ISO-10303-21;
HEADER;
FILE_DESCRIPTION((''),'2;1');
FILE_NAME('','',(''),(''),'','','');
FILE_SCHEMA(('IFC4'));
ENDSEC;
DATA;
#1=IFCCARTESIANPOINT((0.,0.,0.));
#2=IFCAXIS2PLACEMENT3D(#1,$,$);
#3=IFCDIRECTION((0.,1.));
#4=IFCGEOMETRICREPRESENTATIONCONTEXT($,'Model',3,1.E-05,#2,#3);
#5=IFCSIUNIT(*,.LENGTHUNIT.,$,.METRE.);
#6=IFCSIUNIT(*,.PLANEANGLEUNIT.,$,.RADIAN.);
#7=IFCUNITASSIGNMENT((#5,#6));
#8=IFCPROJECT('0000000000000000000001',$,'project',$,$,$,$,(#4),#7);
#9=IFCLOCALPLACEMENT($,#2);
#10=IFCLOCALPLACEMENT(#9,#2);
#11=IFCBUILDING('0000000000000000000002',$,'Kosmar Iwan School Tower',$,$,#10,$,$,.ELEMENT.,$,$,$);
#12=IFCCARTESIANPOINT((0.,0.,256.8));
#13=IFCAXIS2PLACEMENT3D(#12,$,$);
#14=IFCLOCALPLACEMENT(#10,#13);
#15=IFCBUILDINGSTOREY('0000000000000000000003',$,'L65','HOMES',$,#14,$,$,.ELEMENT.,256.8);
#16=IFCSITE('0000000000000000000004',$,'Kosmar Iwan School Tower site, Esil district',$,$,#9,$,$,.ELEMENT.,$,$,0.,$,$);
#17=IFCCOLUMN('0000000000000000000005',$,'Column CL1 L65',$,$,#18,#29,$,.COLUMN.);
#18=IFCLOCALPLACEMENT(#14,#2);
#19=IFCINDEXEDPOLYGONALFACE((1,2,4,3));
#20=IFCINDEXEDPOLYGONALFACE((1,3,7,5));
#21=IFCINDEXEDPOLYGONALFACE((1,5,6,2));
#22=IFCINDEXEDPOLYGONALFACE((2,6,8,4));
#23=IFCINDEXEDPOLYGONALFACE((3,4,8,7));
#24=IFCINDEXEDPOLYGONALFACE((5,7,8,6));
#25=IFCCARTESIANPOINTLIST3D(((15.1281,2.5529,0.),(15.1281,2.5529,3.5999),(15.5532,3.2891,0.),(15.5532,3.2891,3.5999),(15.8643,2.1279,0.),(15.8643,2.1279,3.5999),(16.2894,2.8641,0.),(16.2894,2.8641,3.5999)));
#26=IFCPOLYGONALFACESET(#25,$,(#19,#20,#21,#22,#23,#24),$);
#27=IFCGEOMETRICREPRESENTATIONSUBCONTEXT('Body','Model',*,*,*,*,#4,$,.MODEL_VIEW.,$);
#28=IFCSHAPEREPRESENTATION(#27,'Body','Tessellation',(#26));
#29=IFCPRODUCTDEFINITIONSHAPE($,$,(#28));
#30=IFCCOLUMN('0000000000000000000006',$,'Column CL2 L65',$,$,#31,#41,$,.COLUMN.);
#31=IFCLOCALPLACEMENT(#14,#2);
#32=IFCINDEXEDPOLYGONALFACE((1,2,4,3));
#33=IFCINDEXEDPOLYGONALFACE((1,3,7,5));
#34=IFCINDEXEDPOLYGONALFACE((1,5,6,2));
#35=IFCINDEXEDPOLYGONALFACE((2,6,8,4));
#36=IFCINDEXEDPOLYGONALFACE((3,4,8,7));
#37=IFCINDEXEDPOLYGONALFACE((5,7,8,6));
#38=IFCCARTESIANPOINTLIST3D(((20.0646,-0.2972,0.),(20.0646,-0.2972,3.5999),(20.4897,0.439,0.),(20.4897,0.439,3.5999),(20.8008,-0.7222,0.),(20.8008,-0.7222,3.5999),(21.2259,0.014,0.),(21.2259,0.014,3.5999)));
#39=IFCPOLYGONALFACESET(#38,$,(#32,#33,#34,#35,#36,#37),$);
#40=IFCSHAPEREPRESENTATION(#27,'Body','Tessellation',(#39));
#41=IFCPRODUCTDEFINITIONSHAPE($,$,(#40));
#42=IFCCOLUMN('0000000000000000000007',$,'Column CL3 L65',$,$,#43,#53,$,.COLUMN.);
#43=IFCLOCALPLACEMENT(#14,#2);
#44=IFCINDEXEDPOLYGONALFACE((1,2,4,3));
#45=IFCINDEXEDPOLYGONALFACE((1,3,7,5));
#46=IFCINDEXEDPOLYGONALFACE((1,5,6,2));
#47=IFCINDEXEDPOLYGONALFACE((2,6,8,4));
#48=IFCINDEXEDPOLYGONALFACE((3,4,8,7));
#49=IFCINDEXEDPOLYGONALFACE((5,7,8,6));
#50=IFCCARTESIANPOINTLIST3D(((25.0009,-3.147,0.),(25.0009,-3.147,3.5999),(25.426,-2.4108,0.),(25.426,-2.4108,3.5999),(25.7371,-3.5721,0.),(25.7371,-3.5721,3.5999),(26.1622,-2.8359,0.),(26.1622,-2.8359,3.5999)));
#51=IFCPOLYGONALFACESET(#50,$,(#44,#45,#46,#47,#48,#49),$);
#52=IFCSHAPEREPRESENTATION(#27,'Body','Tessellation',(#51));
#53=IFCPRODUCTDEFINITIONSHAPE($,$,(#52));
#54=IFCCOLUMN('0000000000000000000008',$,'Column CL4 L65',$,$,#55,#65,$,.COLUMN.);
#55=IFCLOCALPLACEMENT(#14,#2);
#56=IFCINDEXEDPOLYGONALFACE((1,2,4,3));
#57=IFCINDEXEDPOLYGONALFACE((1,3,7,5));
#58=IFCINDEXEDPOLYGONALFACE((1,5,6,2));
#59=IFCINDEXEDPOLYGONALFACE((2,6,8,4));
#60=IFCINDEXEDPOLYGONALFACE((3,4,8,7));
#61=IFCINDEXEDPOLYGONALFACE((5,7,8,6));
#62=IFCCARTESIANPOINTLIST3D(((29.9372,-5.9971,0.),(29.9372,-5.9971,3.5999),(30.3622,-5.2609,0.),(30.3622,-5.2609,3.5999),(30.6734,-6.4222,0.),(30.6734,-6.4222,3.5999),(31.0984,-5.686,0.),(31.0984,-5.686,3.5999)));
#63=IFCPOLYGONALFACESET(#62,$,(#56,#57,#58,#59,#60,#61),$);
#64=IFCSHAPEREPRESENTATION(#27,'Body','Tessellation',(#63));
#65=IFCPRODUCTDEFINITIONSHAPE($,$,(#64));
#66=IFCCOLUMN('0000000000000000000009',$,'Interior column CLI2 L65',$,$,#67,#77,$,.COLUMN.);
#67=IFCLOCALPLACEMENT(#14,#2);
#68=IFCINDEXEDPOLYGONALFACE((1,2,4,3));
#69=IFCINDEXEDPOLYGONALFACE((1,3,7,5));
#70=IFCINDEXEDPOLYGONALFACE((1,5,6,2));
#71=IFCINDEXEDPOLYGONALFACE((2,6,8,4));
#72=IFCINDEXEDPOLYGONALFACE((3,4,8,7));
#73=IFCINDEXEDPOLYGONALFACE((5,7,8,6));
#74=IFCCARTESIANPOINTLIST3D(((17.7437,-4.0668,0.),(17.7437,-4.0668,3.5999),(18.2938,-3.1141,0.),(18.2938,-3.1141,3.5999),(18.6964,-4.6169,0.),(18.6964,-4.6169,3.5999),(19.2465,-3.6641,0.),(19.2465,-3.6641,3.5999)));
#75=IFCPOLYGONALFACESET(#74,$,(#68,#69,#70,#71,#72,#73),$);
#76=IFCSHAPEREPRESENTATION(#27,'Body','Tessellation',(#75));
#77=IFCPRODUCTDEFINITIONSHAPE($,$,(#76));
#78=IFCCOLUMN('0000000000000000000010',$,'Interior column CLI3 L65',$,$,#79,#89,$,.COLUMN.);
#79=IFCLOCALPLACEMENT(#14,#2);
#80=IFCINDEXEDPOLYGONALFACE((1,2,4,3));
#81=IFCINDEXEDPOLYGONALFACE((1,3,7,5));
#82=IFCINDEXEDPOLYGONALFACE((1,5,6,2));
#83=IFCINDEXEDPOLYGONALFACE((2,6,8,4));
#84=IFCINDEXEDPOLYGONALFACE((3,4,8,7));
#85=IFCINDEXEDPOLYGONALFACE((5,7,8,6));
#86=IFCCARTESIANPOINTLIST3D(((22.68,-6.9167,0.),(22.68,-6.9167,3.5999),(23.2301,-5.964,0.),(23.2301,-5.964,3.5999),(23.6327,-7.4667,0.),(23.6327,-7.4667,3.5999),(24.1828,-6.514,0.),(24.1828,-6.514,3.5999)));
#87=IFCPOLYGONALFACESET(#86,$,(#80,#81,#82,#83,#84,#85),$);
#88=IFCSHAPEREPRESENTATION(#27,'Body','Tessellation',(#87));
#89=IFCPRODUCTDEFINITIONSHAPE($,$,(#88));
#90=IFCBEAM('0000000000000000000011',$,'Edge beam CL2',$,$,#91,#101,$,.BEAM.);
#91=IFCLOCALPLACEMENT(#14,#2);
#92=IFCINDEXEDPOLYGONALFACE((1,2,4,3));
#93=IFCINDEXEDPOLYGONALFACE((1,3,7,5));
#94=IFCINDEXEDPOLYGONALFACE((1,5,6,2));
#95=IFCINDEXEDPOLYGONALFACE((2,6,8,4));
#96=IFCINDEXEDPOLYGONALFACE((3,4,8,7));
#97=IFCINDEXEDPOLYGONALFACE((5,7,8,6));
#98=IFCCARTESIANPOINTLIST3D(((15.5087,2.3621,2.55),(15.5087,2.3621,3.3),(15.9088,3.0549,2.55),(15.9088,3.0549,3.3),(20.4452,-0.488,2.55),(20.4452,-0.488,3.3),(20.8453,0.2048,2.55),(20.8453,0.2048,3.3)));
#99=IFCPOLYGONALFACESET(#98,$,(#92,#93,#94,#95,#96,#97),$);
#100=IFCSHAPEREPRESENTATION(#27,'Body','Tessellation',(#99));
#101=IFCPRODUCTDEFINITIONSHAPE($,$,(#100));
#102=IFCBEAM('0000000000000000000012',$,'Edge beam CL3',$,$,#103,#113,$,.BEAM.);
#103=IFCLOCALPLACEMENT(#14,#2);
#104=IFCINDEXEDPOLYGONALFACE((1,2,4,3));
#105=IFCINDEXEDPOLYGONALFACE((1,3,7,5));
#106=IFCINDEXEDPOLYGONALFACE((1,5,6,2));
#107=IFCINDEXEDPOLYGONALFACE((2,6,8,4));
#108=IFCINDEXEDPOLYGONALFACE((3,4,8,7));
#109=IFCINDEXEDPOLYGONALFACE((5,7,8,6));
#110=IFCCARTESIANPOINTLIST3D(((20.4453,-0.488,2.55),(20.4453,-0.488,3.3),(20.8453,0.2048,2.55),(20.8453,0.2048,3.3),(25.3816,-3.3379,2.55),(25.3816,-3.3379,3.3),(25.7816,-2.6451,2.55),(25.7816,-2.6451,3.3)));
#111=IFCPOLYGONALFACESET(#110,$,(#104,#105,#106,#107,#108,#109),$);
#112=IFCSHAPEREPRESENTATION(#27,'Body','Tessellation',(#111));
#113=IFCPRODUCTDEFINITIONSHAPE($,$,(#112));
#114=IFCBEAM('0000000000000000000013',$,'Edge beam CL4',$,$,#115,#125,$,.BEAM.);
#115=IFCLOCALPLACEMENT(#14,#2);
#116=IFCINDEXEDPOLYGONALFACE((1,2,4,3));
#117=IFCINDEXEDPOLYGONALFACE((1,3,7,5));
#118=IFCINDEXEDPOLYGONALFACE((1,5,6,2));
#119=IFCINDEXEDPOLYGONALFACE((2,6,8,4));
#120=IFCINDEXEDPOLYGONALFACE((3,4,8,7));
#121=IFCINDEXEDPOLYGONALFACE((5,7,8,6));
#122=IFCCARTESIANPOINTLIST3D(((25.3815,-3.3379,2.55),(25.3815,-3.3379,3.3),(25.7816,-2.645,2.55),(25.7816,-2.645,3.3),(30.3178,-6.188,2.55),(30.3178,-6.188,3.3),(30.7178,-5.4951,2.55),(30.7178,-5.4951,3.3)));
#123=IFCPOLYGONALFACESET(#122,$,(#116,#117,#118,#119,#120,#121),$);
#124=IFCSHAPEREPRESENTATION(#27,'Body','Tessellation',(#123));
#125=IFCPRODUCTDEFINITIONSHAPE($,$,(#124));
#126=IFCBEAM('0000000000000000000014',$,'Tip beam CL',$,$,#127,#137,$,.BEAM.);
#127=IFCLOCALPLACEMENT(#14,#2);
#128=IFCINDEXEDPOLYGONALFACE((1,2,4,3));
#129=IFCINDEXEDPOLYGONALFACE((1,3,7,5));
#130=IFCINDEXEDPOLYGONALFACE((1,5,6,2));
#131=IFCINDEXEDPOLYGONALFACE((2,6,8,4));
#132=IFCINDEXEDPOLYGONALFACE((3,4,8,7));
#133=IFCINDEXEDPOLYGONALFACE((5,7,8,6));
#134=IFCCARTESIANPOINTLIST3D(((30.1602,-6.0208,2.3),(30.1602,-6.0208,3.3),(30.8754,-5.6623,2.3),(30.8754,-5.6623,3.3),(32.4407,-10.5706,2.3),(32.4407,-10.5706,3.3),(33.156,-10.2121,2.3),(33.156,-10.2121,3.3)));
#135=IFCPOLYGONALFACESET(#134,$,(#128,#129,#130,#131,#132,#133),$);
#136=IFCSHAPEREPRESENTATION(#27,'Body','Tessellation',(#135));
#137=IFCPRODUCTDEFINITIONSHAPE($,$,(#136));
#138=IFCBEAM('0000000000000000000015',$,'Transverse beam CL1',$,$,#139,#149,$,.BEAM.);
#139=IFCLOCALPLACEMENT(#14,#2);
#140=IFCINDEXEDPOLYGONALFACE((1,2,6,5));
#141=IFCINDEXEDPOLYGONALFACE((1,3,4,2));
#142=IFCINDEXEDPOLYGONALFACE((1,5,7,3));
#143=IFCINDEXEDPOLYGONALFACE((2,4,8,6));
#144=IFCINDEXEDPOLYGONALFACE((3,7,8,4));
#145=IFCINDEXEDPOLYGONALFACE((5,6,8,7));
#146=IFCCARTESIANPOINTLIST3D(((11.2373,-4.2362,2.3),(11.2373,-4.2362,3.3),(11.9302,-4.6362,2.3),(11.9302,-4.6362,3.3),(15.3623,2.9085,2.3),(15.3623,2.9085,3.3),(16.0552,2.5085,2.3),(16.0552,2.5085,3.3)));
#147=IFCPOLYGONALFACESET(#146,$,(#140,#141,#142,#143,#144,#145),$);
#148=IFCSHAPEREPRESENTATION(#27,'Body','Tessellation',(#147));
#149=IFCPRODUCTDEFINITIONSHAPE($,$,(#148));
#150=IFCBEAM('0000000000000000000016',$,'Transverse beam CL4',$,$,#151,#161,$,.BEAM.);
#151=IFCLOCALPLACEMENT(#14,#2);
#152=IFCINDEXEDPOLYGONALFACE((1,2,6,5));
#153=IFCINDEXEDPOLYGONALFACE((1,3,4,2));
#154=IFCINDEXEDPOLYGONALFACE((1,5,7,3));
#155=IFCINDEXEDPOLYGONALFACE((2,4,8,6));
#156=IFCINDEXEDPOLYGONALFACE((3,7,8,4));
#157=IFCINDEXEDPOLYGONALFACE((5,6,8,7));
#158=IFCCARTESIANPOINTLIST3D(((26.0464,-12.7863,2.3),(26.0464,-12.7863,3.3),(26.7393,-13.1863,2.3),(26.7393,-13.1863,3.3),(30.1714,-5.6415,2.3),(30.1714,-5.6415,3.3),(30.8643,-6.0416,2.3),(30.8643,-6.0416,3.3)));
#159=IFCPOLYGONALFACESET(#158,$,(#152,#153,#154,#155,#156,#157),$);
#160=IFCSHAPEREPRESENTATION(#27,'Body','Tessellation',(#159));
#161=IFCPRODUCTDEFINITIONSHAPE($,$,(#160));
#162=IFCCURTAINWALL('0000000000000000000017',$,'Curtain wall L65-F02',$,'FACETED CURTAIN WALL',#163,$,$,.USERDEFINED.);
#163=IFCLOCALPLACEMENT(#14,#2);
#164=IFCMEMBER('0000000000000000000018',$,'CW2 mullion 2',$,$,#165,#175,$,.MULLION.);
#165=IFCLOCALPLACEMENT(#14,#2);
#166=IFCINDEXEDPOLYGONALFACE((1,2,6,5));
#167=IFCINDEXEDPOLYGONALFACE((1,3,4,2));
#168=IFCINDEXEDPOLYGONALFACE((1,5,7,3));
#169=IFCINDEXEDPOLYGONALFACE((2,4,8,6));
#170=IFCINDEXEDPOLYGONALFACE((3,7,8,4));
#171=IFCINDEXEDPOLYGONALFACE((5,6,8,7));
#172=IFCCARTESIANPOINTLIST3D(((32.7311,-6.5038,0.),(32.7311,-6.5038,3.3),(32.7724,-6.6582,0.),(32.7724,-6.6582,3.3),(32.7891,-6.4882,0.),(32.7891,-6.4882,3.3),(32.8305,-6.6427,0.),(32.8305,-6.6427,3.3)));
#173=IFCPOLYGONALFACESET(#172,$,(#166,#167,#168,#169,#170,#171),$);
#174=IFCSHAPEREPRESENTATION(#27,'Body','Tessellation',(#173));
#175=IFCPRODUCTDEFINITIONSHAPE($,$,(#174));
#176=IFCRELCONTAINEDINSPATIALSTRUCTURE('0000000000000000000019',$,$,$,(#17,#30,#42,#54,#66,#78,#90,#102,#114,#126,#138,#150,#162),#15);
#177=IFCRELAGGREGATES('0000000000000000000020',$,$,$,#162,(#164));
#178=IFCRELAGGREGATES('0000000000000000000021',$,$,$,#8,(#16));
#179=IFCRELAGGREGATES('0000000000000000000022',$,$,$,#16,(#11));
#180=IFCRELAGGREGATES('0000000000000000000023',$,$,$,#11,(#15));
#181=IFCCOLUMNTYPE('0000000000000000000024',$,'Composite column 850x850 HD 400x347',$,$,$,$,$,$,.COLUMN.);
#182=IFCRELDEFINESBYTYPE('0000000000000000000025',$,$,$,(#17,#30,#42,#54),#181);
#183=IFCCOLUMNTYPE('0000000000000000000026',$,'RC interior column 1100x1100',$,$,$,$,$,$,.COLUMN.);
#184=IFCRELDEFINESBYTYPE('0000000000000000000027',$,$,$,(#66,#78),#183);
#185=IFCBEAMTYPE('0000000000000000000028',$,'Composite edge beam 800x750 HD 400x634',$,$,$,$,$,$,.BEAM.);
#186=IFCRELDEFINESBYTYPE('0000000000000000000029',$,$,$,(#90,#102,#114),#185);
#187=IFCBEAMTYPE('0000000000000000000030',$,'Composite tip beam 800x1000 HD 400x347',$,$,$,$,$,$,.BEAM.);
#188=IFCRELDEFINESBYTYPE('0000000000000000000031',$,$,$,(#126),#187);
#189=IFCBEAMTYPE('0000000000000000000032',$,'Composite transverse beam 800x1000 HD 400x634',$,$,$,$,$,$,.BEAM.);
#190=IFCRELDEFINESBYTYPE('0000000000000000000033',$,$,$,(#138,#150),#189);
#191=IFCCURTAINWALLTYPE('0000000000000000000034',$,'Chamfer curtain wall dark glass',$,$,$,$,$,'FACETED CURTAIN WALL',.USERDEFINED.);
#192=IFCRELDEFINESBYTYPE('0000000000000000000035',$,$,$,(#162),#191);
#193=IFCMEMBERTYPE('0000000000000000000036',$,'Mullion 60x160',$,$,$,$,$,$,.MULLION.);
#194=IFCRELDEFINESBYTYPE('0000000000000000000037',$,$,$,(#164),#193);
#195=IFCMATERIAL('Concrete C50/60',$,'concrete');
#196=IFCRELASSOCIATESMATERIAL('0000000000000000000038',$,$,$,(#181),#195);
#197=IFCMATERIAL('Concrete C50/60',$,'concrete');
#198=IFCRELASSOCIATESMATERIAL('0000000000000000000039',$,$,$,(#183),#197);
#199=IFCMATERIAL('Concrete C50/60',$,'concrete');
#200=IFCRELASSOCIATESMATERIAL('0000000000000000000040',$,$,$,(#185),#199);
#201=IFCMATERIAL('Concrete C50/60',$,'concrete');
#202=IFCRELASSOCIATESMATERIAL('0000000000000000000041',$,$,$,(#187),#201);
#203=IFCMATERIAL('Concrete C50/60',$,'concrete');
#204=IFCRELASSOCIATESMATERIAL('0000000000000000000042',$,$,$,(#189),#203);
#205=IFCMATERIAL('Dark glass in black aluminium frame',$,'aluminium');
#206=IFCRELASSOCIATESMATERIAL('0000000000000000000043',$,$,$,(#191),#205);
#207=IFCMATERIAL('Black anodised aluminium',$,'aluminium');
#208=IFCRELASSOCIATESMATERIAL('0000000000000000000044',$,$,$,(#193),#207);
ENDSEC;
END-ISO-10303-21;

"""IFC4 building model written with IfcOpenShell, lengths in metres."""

from ifc_helpers import new_model, si_unit, direction, frame, origin, origin_2d, place, context, subcontext, project, spatial, rectangle, extrude, material, material_profile, profile_set, type_object, element, aggregate, save


model = new_model("IFC4")

# Units and contexts
model_context = context("Model", 3, precision=1e-05, world=origin(), true_north=direction((0.0, 1.0)))
body_context = subcontext(model_context, "Body", "Model", "MODEL_VIEW")
ifc_project = project(units=[si_unit("LENGTHUNIT", "METRE"), si_unit("PLANEANGLEUNIT", "RADIAN")], contexts=[model_context])

# Site, building, storey
site_placement = place(None, origin())
site = spatial("IfcSite", under=ifc_project, at=site_placement, Name="Kosmar Iwan School Tower site, Esil district", CompositionType="ELEMENT", RefElevation=0.0)
building_placement = place(site_placement, origin())
building = spatial("IfcBuilding", under=site, at=building_placement, Name="Kosmar Iwan School Tower", CompositionType="ELEMENT")
storey_placement = place(building_placement, frame((0.0, 0.0, 256.8)))
storey = spatial("IfcBuildingStorey", under=building, at=storey_placement, Name="L65", Description="HOMES", CompositionType="ELEMENT", Elevation=256.8)

# Columns
ifc_material_1 = material(Name="Concrete C50/60", Category="concrete")
ifc_material_profile_1 = material_profile(ifc_material_1, rectangle(XDim=0.8501, YDim=0.8501, at=origin_2d()), Name="RC 850x850 + HD 400x347")
ifc_profile_set_1 = profile_set([ifc_material_profile_1], Name="Concrete C50/60")
column_type_1 = type_object("IfcColumnType", Name="Composite column 850x850 HD 400x347", PredefinedType="COLUMN", material=ifc_profile_set_1)
for number, where, z_axis, x_axis, name in (
    (1, (15.7087, 2.7085, 0.0), (0.0, 0.0, 1.0), (0.866025, -0.5, 0.0), "Column CL1 L65"),
    (2, (20.6453, -0.1416, 0.0), (0.0, 0.0, 1.0), (0.866025, -0.5, 0.0), "Column CL2 L65"),
    (3, (25.5815, -2.9915, 0.0), (0.0, 0.0, 1.0), (0.866025, -0.5, 0.0), "Column CL3 L65"),
    (4, (30.5178, -5.8416, 0.0), (0.0, 0.0, 1.0), (0.866025, -0.5, 0.0), "Column CL4 L65"),
):
    element("IfcColumn", number, at=place(storey_placement, frame(where, z_axis=z_axis, x_axis=x_axis)), inside=storey, type_object=column_type_1, Name=name, PredefinedType="COLUMN", context=body_context, shape_type="SweptSolid", body=[
        extrude(rectangle(XDim=0.8501, YDim=0.8501, at=origin_2d()), origin(), (0.0, 0.0, 1.0), 3.5999),
    ])
ifc_material_2 = material(Name="Concrete C50/60", Category="concrete")
ifc_material_profile_2 = material_profile(ifc_material_2, rectangle(XDim=1.1001, YDim=1.1001, at=origin_2d()), Name="RC 1100x1100")
ifc_profile_set_2 = profile_set([ifc_material_profile_2], Name="Concrete C50/60")
column_type_2 = type_object("IfcColumnType", Name="RC interior column 1100x1100", PredefinedType="COLUMN", material=ifc_profile_set_2)
for number, where, z_axis, x_axis, name in (
    (5, (18.4951, -3.8655, 0.0), (0.0, 0.0, 1.0), (0.866025, -0.5, 0.0), "Interior column CLI2 L65"),
    (6, (23.4314, -6.7153, 0.0), (0.0, 0.0, 1.0), (0.866025, -0.5, 0.0), "Interior column CLI3 L65"),
):
    element("IfcColumn", number, at=place(storey_placement, frame(where, z_axis=z_axis, x_axis=x_axis)), inside=storey, type_object=column_type_2, Name=name, PredefinedType="COLUMN", context=body_context, shape_type="SweptSolid", body=[
        extrude(rectangle(XDim=1.1001, YDim=1.1001, at=origin_2d()), origin(), (0.0, 0.0, 1.0), 3.5999),
    ])

# Beams
ifc_material_3 = material(Name="Concrete C50/60", Category="concrete")
ifc_material_profile_3 = material_profile(ifc_material_3, rectangle(XDim=0.8, YDim=0.75, at=origin_2d()), Name="RC 800x750 + HD 400x634")
ifc_profile_set_3 = profile_set([ifc_material_profile_3], Name="Concrete C50/60")
beam_type_1 = type_object("IfcBeamType", Name="Composite edge beam 800x750 HD 400x634", PredefinedType="BEAM", material=ifc_profile_set_3)
beam_1_placement = place(storey_placement, frame((15.7087, 2.7085, 2.925), z_axis=(0.866026, -0.499999, 0.0), x_axis=(0.499999, 0.866026, 0.0)))
element("IfcBeam", 7, at=beam_1_placement, inside=storey, type_object=beam_type_1, Name="Edge beam CL2", PredefinedType="BEAM", context=body_context, shape_type="SweptSolid", body=[
    extrude(rectangle(XDim=0.8, YDim=0.75, at=origin_2d()), origin(), (0.0, 0.0, 1.0), 5.7002),
])
for number, where, z_axis, x_axis, name in (
    (8, (20.6453, -0.1416, 2.925), (0.866034, -0.499986, 0.0), (0.499986, 0.866034, 0.0), "Edge beam CL3"),
    (9, (25.5815, -2.9915, 2.925), (0.866015, -0.500018, 0.0), (0.500018, 0.866015, 0.0), "Edge beam CL4"),
):
    element("IfcBeam", number, at=place(storey_placement, frame(where, z_axis=z_axis, x_axis=x_axis)), inside=storey, type_object=beam_type_1, Name=name, PredefinedType="BEAM", context=body_context, shape_type="SweptSolid", body=[
        extrude(rectangle(XDim=0.8, YDim=0.75, at=origin_2d()), origin(), (0.0, 0.0, 1.0), 5.7),
    ])
ifc_material_4 = material(Name="Concrete C50/60", Category="concrete")
ifc_material_profile_4 = material_profile(ifc_material_4, rectangle(XDim=0.8, YDim=1.0, at=origin_2d()), Name="RC 800x1000 + HD 400x347")
ifc_profile_set_4 = profile_set([ifc_material_profile_4], Name="Concrete C50/60")
beam_type_2 = type_object("IfcBeamType", Name="Composite tip beam 800x1000 HD 400x347", PredefinedType="BEAM", material=ifc_profile_set_4)
beam_2_placement = place(storey_placement, frame((30.5178, -5.8416, 2.8), z_axis=(0.448096, -0.893985, 0.0), x_axis=(0.893985, 0.448096, 0.0)))
element("IfcBeam", 10, at=beam_2_placement, inside=storey, type_object=beam_type_2, Name="Tip beam CL", PredefinedType="BEAM", context=body_context, shape_type="SweptSolid", body=[
    extrude(rectangle(XDim=0.8, YDim=1.0, at=origin_2d()), origin(), (0.0, 0.0, 1.0), 5.0894),
])
ifc_material_5 = material(Name="Concrete C50/60", Category="concrete")
ifc_material_profile_5 = material_profile(ifc_material_5, rectangle(XDim=0.8, YDim=1.0, at=origin_2d()), Name="RC 800x1000 + HD 400x634")
ifc_profile_set_5 = profile_set([ifc_material_profile_5], Name="Concrete C50/60")
beam_type_3 = type_object("IfcBeamType", Name="Composite transverse beam 800x1000 HD 400x634", PredefinedType="BEAM", material=ifc_profile_set_5)
for number, where, z_axis, x_axis, name in (
    (11, (15.7087, 2.7085, 2.8), (-0.499997, -0.866027, 0.0), (0.866027, -0.499997, 0.0), "Transverse beam CL1"),
    (12, (30.5178, -5.8416, 2.8), (-0.499997, -0.866027, 0.0), (0.866027, -0.499997, 0.0), "Transverse beam CL4"),
):
    element("IfcBeam", number, at=place(storey_placement, frame(where, z_axis=z_axis, x_axis=x_axis)), inside=storey, type_object=beam_type_3, Name=name, PredefinedType="BEAM", context=body_context, shape_type="SweptSolid", body=[
        extrude(rectangle(XDim=0.8, YDim=1.0, at=origin_2d()), origin(), (0.0, 0.0, 1.0), 8.25),
    ])

# Curtain wall, member
ifc_material_6 = material(Name="Dark glass in black aluminium frame", Category="aluminium")
curtain_wall_type = type_object("IfcCurtainWallType", Name="Chamfer curtain wall dark glass", ElementType="FACETED CURTAIN WALL", PredefinedType="USERDEFINED", material=ifc_material_6)
curtain_wall_placement = place(storey_placement, origin())
curtain_wall = element("IfcCurtainWall", 13, at=curtain_wall_placement, inside=storey, type_object=curtain_wall_type, Name="Curtain wall L65-F02", ObjectType="FACETED CURTAIN WALL", PredefinedType="USERDEFINED")
ifc_material_7 = material(Name="Black anodised aluminium", Category="aluminium")
ifc_material_profile_6 = material_profile(ifc_material_7, rectangle(XDim=0.0601, YDim=0.1599, at=origin_2d()), Name="MULLION 60x160")
ifc_profile_set_6 = profile_set([ifc_material_profile_6], Name="Black anodised aluminium")
member_type = type_object("IfcMemberType", Name="Mullion 60x160", PredefinedType="MULLION", material=ifc_profile_set_6)
member_placement = place(storey_placement, frame((32.7808, -6.5732, 0.0), z_axis=(0.0, 0.0, 1.0), x_axis=(-0.965926, -0.258819, 0.0)))
member = element("IfcMember", 14, at=member_placement, type_object=member_type, Name="CW2 mullion 2", PredefinedType="MULLION", context=body_context, shape_type="SweptSolid", body=[
    extrude(rectangle(XDim=0.0601, YDim=0.1599, at=origin_2d()), origin(), (0.0, 0.0, 1.0), 3.3),
])
aggregate(curtain_wall, [member])

save(model, "model.ifc")
